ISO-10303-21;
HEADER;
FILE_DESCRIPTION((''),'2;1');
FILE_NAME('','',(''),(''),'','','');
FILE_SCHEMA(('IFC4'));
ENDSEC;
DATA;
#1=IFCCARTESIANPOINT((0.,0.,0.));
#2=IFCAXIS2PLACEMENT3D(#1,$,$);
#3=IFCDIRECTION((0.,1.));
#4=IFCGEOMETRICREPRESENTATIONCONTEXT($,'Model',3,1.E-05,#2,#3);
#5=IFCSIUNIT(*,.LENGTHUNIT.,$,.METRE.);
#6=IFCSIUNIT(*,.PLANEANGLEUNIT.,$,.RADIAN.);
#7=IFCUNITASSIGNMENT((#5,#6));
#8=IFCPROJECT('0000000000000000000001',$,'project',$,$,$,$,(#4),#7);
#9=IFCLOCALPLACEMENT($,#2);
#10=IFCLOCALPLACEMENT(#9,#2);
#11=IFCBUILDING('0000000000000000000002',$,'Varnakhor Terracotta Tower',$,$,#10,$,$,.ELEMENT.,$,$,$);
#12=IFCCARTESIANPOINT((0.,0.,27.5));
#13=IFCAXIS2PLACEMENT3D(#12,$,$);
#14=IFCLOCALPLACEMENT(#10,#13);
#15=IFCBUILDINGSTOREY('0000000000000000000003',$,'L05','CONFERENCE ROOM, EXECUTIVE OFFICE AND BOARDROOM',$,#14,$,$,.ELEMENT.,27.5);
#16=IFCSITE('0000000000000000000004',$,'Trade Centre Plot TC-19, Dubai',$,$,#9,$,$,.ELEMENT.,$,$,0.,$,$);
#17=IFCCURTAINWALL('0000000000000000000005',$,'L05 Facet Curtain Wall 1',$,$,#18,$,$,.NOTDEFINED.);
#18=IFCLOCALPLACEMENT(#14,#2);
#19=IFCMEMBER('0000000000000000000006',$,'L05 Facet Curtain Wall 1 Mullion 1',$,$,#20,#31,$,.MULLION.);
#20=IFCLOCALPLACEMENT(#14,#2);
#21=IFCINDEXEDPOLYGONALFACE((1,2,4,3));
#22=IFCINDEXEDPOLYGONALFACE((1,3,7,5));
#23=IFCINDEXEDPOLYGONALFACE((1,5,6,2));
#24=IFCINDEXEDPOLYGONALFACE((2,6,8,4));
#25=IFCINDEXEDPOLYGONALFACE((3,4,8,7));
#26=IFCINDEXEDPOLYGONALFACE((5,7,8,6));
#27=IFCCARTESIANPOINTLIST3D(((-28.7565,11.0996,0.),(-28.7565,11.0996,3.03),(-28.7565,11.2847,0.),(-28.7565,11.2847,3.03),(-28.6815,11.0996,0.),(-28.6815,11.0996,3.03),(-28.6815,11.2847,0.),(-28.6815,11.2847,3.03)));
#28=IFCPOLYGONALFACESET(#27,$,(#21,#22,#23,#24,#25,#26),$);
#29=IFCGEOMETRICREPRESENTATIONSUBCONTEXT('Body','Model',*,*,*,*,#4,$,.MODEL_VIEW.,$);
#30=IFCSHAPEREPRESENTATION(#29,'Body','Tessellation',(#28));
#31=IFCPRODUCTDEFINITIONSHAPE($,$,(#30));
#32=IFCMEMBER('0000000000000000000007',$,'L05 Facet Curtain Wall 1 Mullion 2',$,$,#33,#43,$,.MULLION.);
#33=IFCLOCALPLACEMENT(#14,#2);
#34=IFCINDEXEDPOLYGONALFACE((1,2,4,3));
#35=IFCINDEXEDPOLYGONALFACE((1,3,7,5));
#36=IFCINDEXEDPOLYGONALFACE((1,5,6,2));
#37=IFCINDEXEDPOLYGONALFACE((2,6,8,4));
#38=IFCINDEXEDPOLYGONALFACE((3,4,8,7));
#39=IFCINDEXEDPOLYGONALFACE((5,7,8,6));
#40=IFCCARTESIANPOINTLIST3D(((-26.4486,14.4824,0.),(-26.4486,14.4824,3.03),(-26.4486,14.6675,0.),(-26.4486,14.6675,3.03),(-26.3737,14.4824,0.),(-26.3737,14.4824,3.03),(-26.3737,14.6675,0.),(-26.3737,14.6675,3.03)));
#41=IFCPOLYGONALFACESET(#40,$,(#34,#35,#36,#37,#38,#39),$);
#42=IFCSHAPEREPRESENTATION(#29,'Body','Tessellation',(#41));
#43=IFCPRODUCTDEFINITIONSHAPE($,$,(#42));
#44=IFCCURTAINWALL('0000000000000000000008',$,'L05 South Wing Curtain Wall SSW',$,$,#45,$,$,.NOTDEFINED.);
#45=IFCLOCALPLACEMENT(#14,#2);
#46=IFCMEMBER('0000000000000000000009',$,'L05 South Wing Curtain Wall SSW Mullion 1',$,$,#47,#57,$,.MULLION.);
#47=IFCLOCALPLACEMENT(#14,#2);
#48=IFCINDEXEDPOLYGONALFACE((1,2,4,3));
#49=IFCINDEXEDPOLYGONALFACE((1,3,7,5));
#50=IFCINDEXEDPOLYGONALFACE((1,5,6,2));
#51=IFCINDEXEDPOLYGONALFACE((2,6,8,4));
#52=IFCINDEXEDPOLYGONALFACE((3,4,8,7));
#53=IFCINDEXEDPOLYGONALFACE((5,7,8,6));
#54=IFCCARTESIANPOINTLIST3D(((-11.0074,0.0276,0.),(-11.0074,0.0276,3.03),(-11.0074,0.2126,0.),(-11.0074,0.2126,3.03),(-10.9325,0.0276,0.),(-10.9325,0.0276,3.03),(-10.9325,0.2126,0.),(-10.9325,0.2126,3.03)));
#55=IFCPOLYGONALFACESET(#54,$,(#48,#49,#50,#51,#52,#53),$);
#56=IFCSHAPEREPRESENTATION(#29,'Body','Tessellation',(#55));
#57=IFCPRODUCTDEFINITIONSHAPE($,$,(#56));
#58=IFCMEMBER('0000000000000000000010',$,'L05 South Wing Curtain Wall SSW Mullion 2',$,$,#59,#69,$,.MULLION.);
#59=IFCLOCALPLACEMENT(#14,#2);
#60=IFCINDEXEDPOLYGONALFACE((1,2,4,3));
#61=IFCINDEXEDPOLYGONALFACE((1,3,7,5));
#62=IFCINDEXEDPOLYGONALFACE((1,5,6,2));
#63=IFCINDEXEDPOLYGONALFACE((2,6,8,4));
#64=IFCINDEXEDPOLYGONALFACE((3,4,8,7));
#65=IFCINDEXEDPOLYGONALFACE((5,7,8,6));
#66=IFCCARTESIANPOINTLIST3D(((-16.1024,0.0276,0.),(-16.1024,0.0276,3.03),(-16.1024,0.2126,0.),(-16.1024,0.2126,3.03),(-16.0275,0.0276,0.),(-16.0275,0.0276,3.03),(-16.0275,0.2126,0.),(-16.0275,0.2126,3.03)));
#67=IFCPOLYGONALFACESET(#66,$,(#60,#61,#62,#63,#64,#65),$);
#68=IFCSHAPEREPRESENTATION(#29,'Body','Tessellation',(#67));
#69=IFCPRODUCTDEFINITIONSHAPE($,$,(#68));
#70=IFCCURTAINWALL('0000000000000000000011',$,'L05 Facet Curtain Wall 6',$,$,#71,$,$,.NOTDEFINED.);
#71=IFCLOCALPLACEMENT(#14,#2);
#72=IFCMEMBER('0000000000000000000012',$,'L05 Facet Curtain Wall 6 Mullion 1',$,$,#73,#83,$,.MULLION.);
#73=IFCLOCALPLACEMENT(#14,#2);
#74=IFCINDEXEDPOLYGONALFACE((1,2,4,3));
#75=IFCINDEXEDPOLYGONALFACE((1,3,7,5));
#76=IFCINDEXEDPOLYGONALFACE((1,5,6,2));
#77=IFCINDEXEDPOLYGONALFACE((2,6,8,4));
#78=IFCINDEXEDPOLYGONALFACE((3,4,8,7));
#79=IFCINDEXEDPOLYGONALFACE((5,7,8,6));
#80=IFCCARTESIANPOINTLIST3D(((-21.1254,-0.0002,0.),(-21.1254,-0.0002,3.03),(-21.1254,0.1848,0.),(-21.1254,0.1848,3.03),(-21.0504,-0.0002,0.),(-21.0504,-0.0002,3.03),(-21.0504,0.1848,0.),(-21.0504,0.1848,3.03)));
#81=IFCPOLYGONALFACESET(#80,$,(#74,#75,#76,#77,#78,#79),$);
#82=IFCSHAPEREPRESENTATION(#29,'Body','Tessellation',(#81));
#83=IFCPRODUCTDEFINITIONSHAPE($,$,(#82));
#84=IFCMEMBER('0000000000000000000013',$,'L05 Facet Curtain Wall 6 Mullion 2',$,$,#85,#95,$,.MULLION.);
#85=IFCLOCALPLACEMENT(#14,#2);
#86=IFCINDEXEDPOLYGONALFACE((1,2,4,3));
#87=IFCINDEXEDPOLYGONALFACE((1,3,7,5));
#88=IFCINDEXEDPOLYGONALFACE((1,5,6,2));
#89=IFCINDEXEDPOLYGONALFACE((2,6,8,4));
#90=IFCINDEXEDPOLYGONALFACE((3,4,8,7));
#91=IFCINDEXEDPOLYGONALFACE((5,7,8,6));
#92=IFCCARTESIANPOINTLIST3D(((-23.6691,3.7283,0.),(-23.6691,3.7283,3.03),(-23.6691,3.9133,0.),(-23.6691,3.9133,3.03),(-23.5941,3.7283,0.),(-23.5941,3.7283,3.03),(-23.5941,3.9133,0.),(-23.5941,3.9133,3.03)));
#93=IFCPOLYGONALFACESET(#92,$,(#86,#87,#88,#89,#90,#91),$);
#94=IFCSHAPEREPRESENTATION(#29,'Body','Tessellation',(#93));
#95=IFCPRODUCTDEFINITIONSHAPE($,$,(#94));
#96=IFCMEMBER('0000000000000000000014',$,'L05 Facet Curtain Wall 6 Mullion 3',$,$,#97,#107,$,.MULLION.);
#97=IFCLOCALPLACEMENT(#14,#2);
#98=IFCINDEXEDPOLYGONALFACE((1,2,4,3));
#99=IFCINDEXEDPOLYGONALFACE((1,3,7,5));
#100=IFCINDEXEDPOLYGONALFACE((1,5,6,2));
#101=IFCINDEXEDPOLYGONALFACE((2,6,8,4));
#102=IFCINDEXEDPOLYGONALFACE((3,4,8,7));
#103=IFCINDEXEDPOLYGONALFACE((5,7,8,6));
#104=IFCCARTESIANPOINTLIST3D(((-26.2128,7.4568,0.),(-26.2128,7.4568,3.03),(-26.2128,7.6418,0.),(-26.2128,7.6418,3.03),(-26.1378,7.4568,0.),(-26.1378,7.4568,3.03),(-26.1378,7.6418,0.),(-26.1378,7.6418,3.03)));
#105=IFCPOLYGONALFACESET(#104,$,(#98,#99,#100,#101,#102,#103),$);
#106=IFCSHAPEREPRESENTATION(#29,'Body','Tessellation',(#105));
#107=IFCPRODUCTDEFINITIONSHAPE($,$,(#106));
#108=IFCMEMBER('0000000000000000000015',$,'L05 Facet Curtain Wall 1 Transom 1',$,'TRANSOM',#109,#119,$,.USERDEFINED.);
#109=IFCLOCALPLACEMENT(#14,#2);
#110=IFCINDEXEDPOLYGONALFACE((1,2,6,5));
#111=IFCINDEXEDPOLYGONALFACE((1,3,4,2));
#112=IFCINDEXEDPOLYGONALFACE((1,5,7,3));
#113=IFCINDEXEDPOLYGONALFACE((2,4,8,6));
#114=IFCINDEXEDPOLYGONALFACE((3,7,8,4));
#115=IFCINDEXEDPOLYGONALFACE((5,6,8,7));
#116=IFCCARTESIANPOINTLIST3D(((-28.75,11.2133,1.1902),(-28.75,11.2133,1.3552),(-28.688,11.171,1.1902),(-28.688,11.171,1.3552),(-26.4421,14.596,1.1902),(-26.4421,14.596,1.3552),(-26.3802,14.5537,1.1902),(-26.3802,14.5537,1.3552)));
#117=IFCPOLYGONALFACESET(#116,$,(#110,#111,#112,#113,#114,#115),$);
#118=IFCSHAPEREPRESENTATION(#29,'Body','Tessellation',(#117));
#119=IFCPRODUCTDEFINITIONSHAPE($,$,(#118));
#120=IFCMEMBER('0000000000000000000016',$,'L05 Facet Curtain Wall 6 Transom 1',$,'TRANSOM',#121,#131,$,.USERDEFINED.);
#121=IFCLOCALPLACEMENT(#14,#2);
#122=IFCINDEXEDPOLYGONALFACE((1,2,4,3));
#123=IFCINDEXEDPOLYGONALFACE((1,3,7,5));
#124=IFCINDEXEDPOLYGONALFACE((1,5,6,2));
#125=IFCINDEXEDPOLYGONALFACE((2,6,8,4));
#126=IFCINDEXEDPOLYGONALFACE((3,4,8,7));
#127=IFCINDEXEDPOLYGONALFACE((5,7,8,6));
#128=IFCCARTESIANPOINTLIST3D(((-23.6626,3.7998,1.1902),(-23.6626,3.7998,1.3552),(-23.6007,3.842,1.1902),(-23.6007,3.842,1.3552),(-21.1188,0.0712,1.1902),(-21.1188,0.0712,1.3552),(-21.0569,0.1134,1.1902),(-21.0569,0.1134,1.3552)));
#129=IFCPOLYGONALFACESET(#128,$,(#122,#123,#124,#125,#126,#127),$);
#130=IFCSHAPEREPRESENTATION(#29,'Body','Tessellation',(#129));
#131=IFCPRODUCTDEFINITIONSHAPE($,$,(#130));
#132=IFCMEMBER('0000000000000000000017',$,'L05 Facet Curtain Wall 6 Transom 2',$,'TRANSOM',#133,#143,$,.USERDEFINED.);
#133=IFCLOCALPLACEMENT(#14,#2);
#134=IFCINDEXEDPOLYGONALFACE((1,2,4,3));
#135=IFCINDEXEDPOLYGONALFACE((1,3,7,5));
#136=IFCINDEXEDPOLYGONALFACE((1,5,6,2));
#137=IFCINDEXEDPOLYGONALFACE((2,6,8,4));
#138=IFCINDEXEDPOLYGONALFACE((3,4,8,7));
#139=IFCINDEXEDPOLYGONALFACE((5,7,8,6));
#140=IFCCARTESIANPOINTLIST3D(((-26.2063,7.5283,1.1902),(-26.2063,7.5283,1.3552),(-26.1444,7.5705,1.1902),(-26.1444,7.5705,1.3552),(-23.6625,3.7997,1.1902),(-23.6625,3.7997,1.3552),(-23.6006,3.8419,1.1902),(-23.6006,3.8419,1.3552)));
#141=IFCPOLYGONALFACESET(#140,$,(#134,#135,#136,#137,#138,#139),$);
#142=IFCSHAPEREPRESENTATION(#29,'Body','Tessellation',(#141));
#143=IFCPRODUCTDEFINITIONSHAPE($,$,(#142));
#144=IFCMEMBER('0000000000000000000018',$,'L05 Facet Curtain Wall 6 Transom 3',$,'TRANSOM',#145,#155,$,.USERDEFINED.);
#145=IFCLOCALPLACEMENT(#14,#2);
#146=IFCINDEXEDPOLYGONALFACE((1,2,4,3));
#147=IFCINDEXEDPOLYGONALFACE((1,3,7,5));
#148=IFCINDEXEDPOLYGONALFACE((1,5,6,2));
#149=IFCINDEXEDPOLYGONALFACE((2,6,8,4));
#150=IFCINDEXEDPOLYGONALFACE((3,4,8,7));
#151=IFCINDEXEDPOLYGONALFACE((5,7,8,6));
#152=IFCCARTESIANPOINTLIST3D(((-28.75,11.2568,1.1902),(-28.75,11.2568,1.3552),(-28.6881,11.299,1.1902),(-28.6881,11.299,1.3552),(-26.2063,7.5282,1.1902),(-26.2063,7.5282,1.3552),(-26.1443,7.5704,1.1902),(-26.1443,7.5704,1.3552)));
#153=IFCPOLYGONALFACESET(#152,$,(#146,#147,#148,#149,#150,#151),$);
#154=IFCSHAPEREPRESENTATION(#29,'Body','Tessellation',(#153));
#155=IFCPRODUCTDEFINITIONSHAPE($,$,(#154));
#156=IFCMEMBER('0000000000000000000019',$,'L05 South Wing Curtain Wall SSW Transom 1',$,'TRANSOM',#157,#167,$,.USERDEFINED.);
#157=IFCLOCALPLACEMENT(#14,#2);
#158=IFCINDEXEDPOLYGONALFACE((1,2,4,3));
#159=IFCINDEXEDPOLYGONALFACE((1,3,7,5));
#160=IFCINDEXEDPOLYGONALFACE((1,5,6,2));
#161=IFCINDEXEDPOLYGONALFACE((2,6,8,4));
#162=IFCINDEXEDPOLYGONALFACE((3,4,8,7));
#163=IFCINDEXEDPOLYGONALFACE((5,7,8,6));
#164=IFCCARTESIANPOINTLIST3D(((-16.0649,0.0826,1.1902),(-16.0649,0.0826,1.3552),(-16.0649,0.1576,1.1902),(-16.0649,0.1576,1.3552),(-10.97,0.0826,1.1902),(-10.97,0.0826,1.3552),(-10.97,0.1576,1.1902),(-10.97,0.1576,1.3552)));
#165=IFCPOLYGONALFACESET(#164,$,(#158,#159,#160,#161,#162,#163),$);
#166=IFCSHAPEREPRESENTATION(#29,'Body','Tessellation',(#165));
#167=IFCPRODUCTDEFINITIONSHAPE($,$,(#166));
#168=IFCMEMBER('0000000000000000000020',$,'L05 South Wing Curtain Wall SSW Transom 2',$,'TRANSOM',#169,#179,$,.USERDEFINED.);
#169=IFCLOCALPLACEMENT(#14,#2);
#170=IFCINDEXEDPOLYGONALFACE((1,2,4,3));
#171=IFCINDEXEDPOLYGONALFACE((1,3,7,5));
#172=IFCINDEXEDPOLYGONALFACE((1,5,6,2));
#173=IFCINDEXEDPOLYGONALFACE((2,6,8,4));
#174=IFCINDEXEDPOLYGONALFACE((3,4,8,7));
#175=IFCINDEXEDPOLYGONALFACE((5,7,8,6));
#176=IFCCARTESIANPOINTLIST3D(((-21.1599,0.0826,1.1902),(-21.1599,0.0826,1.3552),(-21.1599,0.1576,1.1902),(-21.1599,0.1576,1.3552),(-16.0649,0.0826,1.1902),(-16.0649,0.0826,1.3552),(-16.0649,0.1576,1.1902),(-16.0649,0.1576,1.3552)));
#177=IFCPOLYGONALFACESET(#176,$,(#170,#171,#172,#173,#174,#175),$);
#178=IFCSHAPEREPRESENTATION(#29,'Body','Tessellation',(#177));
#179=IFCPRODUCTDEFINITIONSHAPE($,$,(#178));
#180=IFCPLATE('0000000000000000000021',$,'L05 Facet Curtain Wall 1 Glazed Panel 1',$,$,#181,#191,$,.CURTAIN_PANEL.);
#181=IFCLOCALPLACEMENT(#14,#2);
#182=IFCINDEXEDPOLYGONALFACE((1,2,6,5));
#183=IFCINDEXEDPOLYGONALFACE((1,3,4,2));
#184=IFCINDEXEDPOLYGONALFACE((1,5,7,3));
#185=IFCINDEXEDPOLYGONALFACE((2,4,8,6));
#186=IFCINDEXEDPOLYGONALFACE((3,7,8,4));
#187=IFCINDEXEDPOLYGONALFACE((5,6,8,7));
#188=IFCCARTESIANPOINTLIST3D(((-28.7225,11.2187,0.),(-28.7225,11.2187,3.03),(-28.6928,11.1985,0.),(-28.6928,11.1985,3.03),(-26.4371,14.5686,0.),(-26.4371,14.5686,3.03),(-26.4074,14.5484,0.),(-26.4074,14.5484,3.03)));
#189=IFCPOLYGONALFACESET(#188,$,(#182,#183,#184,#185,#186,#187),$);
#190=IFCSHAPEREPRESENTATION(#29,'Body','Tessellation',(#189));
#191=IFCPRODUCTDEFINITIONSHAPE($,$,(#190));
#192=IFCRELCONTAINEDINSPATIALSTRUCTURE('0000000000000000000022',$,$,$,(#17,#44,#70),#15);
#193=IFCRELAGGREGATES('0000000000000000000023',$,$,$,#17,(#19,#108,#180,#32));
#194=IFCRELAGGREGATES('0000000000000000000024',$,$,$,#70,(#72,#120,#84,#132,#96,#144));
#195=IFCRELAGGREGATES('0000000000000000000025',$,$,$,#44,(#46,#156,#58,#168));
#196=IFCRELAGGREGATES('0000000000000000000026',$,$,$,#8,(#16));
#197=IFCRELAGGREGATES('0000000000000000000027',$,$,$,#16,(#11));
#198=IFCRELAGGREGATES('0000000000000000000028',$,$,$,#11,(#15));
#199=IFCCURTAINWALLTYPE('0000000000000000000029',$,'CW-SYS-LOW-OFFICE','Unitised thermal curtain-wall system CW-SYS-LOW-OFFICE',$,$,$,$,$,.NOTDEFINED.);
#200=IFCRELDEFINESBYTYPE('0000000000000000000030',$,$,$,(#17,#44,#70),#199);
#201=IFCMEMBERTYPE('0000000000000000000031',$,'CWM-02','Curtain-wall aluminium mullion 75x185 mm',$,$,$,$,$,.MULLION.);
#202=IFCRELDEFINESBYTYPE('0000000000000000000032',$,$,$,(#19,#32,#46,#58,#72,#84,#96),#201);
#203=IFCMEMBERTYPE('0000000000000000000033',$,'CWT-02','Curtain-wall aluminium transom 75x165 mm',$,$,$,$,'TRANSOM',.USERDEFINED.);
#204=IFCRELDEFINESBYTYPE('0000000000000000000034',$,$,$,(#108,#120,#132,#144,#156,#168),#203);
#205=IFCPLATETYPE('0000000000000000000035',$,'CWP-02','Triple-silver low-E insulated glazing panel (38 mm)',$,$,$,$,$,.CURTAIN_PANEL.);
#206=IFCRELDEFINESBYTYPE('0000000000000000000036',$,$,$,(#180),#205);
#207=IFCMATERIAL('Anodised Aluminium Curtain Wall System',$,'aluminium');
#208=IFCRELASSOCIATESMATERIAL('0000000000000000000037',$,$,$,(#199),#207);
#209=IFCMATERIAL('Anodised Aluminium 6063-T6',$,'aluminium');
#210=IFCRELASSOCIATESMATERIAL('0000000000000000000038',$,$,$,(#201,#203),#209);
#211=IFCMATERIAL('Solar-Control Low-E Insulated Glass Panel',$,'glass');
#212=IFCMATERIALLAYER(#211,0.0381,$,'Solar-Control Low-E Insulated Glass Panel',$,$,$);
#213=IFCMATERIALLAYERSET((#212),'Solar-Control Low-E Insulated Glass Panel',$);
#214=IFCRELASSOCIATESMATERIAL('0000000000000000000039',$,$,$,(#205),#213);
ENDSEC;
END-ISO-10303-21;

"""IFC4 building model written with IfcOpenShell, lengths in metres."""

from ifc_helpers import new_model, si_unit, direction, frame, origin, origin_2d, place, context, subcontext, project, spatial, rectangle, extrude, source, transform, mapped, material, layer, layer_set, material_profile, profile_set, type_object, type_shapes, element, aggregate, save


model = new_model("IFC4")

# Units and contexts
model_context = context("Model", 3, precision=1e-05, world=origin(), true_north=direction((0.0, 1.0)))
body_context = subcontext(model_context, "Body", "Model", "MODEL_VIEW")
ifc_project = project(units=[si_unit("LENGTHUNIT", "METRE"), si_unit("PLANEANGLEUNIT", "RADIAN")], contexts=[model_context])

# Site, building, storey
site_placement = place(None, origin())
site = spatial("IfcSite", under=ifc_project, at=site_placement, Name="Trade Centre Plot TC-19, Dubai", CompositionType="ELEMENT", RefElevation=0.0)
building_placement = place(site_placement, origin())
building = spatial("IfcBuilding", under=site, at=building_placement, Name="Varnakhor Terracotta Tower", CompositionType="ELEMENT")
storey_placement = place(building_placement, frame((0.0, 0.0, 27.5)))
storey = spatial("IfcBuildingStorey", under=building, at=storey_placement, Name="L05", Description="CONFERENCE ROOM, EXECUTIVE OFFICE AND BOARDROOM", CompositionType="ELEMENT", Elevation=27.5)

# Curtain walls, members
ifc_material_1 = material(Name="Anodised Aluminium Curtain Wall System", Category="aluminium")
curtain_wall_type = type_object("IfcCurtainWallType", Name="CW-SYS-LOW-OFFICE", Description="Unitised thermal curtain-wall system CW-SYS-LOW-OFFICE", PredefinedType="NOTDEFINED", material=ifc_material_1)
curtain_wall_1_placement = place(storey_placement, origin())
curtain_wall_1 = element("IfcCurtainWall", 1, at=curtain_wall_1_placement, inside=storey, type_object=curtain_wall_type, Name="L05 Facet Curtain Wall 1", PredefinedType="NOTDEFINED")
ifc_material_2 = material(Name="Anodised Aluminium 6063-T6", Category="aluminium")
ifc_material_profile_1 = material_profile(ifc_material_2, rectangle(XDim=0.075, YDim=0.1851, at=origin_2d()), Name="ALU MULLION 75x185")
ifc_profile_set_1 = profile_set([ifc_material_profile_1], Name="Anodised Aluminium 6063-T6")
member_type_1 = type_object("IfcMemberType", Name="CWM-02", Description="Curtain-wall aluminium mullion 75x185 mm", PredefinedType="MULLION", material=ifc_profile_set_1)
shared_shape_1 = source(origin(), body_context, "Body", "SweptSolid", [
    extrude(rectangle(XDim=0.075, YDim=0.1851, at=origin_2d()), origin(), (0.0, 0.0, 1.0), 3.03),
])
type_shapes(member_type_1, [shared_shape_1])
member_1_placement = place(storey_placement, frame((-28.719, 11.1921, 0.0), z_axis=(0.0, 0.0, 1.0), x_axis=(1.0, 0.0, 0.0)))
member_1 = element("IfcMember", 2, at=member_1_placement, type_object=member_type_1, Name="L05 Facet Curtain Wall 1 Mullion 1", PredefinedType="MULLION", context=body_context, shape_type="MappedRepresentation", body=[
    mapped(shared_shape_1, transform((0.0, 0.0, 0.0), scale=1.0)),
])
member_2_placement = place(storey_placement, frame((-26.4111, 14.575, 0.0), z_axis=(0.0, 0.0, 1.0), x_axis=(1.0, 0.0, 0.0)))
member_2 = element("IfcMember", 3, at=member_2_placement, type_object=member_type_1, Name="L05 Facet Curtain Wall 1 Mullion 2", PredefinedType="MULLION", context=body_context, shape_type="MappedRepresentation", body=[
    mapped(shared_shape_1, transform((0.0, 0.0, 0.0), scale=1.0)),
])
curtain_wall_2_placement = place(storey_placement, origin())
curtain_wall_2 = element("IfcCurtainWall", 4, at=curtain_wall_2_placement, inside=storey, type_object=curtain_wall_type, Name="L05 South Wing Curtain Wall SSW", PredefinedType="NOTDEFINED")
member_3_placement = place(storey_placement, frame((-10.97, 0.1201, 0.0), z_axis=(0.0, 0.0, 1.0), x_axis=(1.0, 0.0, 0.0)))
member_3 = element("IfcMember", 5, at=member_3_placement, type_object=member_type_1, Name="L05 South Wing Curtain Wall SSW Mullion 1", PredefinedType="MULLION", context=body_context, shape_type="MappedRepresentation", body=[
    mapped(shared_shape_1, transform((0.0, 0.0, 0.0), scale=1.0)),
])
member_4_placement = place(storey_placement, frame((-16.0649, 0.1201, 0.0), z_axis=(0.0, 0.0, 1.0), x_axis=(1.0, 0.0, 0.0)))
member_4 = element("IfcMember", 6, at=member_4_placement, type_object=member_type_1, Name="L05 South Wing Curtain Wall SSW Mullion 2", PredefinedType="MULLION", context=body_context, shape_type="MappedRepresentation", body=[
    mapped(shared_shape_1, transform((0.0, 0.0, 0.0), scale=1.0)),
])
curtain_wall_3_placement = place(storey_placement, origin())
curtain_wall_3 = element("IfcCurtainWall", 7, at=curtain_wall_3_placement, inside=storey, type_object=curtain_wall_type, Name="L05 Facet Curtain Wall 6", PredefinedType="NOTDEFINED")
member_5_placement = place(storey_placement, frame((-21.0879, 0.0923, 0.0), z_axis=(0.0, 0.0, 1.0), x_axis=(1.0, 0.0, 0.0)))
member_5 = element("IfcMember", 8, at=member_5_placement, type_object=member_type_1, Name="L05 Facet Curtain Wall 6 Mullion 1", PredefinedType="MULLION", context=body_context, shape_type="MappedRepresentation", body=[
    mapped(shared_shape_1, transform((0.0, 0.0, 0.0), scale=1.0)),
])
member_6_placement = place(storey_placement, frame((-23.6316, 3.8208, 0.0), z_axis=(0.0, 0.0, 1.0), x_axis=(1.0, 0.0, 0.0)))
member_6 = element("IfcMember", 9, at=member_6_placement, type_object=member_type_1, Name="L05 Facet Curtain Wall 6 Mullion 2", PredefinedType="MULLION", context=body_context, shape_type="MappedRepresentation", body=[
    mapped(shared_shape_1, transform((0.0, 0.0, 0.0), scale=1.0)),
])
member_7_placement = place(storey_placement, frame((-26.1753, 7.5493, 0.0), z_axis=(0.0, 0.0, 1.0), x_axis=(1.0, 0.0, 0.0)))
member_7 = element("IfcMember", 10, at=member_7_placement, type_object=member_type_1, Name="L05 Facet Curtain Wall 6 Mullion 3", PredefinedType="MULLION", context=body_context, shape_type="MappedRepresentation", body=[
    mapped(shared_shape_1, transform((0.0, 0.0, 0.0), scale=1.0)),
])

# Members
ifc_material_profile_2 = material_profile(ifc_material_2, rectangle(XDim=0.075, YDim=0.165, at=origin_2d()), Name="ALU TRANSOM 75x165")
ifc_profile_set_2 = profile_set([ifc_material_profile_2], Name="Anodised Aluminium 6063-T6")
member_type_2 = type_object("IfcMemberType", Name="CWT-02", Description="Curtain-wall aluminium transom 75x165 mm", ElementType="TRANSOM", PredefinedType="USERDEFINED", material=ifc_profile_set_2)
shared_shape_2 = source(origin(), body_context, "Body", "SweptSolid", [
    extrude(rectangle(XDim=0.075, YDim=0.165, at=origin_2d()), origin(), (0.0, 0.0, 1.0), 4.095),
])
type_shapes(member_type_2, [shared_shape_2])
member_8_placement = place(storey_placement, frame((-28.719, 11.1921, 1.2727), z_axis=(0.56357, 0.826068, 0.0), x_axis=(-0.826068, 0.56357, 0.0)))
member_8 = element("IfcMember", 11, at=member_8_placement, type_object=member_type_2, Name="L05 Facet Curtain Wall 1 Transom 1", ObjectType="TRANSOM", PredefinedType="USERDEFINED", context=body_context, shape_type="MappedRepresentation", body=[
    mapped(shared_shape_2, transform((0.0, 0.0, 0.0), scale=1.0)),
])
shared_shape_3 = source(origin(), body_context, "Body", "SweptSolid", [
    extrude(rectangle(XDim=0.075, YDim=0.165, at=origin_2d()), origin(), (0.0, 0.0, 1.0), 4.5137),
])
member_9_placement = place(storey_placement, frame((-21.0879, 0.0923, 1.2727), z_axis=(-0.563568, 0.826069, 0.0), x_axis=(-0.826069, -0.563568, 0.0)))
member_9 = element("IfcMember", 12, at=member_9_placement, type_object=member_type_2, Name="L05 Facet Curtain Wall 6 Transom 1", ObjectType="TRANSOM", PredefinedType="USERDEFINED", context=body_context, shape_type="MappedRepresentation", body=[
    mapped(shared_shape_3, transform((0.0, 0.0, 0.0), scale=1.0)),
])
member_10_placement = place(storey_placement, frame((-23.6316, 3.8208, 1.2727), z_axis=(-0.563568, 0.826069, 0.0), x_axis=(-0.826069, -0.563568, 0.0)))
member_10 = element("IfcMember", 13, at=member_10_placement, type_object=member_type_2, Name="L05 Facet Curtain Wall 6 Transom 2", ObjectType="TRANSOM", PredefinedType="USERDEFINED", context=body_context, shape_type="MappedRepresentation", body=[
    mapped(shared_shape_3, transform((0.0, 0.0, 0.0), scale=1.0)),
])
member_11_placement = place(storey_placement, frame((-26.1753, 7.5493, 1.2727), z_axis=(-0.563568, 0.826069, 0.0), x_axis=(-0.826069, -0.563568, 0.0)))
member_11 = element("IfcMember", 14, at=member_11_placement, type_object=member_type_2, Name="L05 Facet Curtain Wall 6 Transom 3", ObjectType="TRANSOM", PredefinedType="USERDEFINED", context=body_context, shape_type="MappedRepresentation", body=[
    mapped(shared_shape_3, transform((0.0, 0.0, 0.0), scale=1.0)),
])
shared_shape_4 = source(origin(), body_context, "Body", "SweptSolid", [
    extrude(rectangle(XDim=0.075, YDim=0.165, at=origin_2d()), origin(), (0.0, 0.0, 1.0), 5.095),
])
member_12_placement = place(storey_placement, frame((-10.97, 0.1201, 1.2727), z_axis=(-1.0, 0.0, 0.0), x_axis=(0.0, -1.0, 0.0)))
member_12 = element("IfcMember", 15, at=member_12_placement, type_object=member_type_2, Name="L05 South Wing Curtain Wall SSW Transom 1", ObjectType="TRANSOM", PredefinedType="USERDEFINED", context=body_context, shape_type="MappedRepresentation", body=[
    mapped(shared_shape_4, transform((0.0, 0.0, 0.0), scale=1.0)),
])
member_13_placement = place(storey_placement, frame((-16.0649, 0.1201, 1.2727), z_axis=(-1.0, 0.0, 0.0), x_axis=(0.0, -1.0, 0.0)))
member_13 = element("IfcMember", 16, at=member_13_placement, type_object=member_type_2, Name="L05 South Wing Curtain Wall SSW Transom 2", ObjectType="TRANSOM", PredefinedType="USERDEFINED", context=body_context, shape_type="MappedRepresentation", body=[
    mapped(shared_shape_4, transform((0.0, 0.0, 0.0), scale=1.0)),
])

# Plate
ifc_material_3 = material(Name="Solar-Control Low-E Insulated Glass Panel", Category="glass")
ifc_layer_1 = layer(ifc_material_3, 0.0381, Name="Solar-Control Low-E Insulated Glass Panel")
ifc_layer_set_1 = layer_set([ifc_layer_1], Name="Solar-Control Low-E Insulated Glass Panel")
plate_type = type_object("IfcPlateType", Name="CWP-02", Description="Triple-silver low-E insulated glazing panel (38 mm)", PredefinedType="CURTAIN_PANEL", material=ifc_layer_set_1)
shared_shape_5 = source(origin(), body_context, "Body", "SweptSolid", [
    extrude(rectangle(XDim=4.0552, YDim=0.0359, at=origin_2d()), origin(), (0.0, 0.0, 1.0), 3.03),
])
type_shapes(plate_type, [shared_shape_5])
plate_1_placement = place(storey_placement, frame((-27.5649, 12.8835, 0.0), z_axis=(0.0, 0.0, 1.0), x_axis=(0.563569, 0.826069, 0.0)))
plate_1 = element("IfcPlate", 17, at=plate_1_placement, type_object=plate_type, Name="L05 Facet Curtain Wall 1 Glazed Panel 1", PredefinedType="CURTAIN_PANEL", context=body_context, shape_type="MappedRepresentation", body=[
    mapped(shared_shape_5, transform((0.0, 0.0, 0.0), scale=1.0)),
])
aggregate(curtain_wall_1, [member_1, member_8, plate_1, member_2])
aggregate(curtain_wall_3, [member_5, member_9, member_6, member_10, member_7, member_11])
aggregate(curtain_wall_2, [member_3, member_12, member_4, member_13])

save(model, "model.ifc")
